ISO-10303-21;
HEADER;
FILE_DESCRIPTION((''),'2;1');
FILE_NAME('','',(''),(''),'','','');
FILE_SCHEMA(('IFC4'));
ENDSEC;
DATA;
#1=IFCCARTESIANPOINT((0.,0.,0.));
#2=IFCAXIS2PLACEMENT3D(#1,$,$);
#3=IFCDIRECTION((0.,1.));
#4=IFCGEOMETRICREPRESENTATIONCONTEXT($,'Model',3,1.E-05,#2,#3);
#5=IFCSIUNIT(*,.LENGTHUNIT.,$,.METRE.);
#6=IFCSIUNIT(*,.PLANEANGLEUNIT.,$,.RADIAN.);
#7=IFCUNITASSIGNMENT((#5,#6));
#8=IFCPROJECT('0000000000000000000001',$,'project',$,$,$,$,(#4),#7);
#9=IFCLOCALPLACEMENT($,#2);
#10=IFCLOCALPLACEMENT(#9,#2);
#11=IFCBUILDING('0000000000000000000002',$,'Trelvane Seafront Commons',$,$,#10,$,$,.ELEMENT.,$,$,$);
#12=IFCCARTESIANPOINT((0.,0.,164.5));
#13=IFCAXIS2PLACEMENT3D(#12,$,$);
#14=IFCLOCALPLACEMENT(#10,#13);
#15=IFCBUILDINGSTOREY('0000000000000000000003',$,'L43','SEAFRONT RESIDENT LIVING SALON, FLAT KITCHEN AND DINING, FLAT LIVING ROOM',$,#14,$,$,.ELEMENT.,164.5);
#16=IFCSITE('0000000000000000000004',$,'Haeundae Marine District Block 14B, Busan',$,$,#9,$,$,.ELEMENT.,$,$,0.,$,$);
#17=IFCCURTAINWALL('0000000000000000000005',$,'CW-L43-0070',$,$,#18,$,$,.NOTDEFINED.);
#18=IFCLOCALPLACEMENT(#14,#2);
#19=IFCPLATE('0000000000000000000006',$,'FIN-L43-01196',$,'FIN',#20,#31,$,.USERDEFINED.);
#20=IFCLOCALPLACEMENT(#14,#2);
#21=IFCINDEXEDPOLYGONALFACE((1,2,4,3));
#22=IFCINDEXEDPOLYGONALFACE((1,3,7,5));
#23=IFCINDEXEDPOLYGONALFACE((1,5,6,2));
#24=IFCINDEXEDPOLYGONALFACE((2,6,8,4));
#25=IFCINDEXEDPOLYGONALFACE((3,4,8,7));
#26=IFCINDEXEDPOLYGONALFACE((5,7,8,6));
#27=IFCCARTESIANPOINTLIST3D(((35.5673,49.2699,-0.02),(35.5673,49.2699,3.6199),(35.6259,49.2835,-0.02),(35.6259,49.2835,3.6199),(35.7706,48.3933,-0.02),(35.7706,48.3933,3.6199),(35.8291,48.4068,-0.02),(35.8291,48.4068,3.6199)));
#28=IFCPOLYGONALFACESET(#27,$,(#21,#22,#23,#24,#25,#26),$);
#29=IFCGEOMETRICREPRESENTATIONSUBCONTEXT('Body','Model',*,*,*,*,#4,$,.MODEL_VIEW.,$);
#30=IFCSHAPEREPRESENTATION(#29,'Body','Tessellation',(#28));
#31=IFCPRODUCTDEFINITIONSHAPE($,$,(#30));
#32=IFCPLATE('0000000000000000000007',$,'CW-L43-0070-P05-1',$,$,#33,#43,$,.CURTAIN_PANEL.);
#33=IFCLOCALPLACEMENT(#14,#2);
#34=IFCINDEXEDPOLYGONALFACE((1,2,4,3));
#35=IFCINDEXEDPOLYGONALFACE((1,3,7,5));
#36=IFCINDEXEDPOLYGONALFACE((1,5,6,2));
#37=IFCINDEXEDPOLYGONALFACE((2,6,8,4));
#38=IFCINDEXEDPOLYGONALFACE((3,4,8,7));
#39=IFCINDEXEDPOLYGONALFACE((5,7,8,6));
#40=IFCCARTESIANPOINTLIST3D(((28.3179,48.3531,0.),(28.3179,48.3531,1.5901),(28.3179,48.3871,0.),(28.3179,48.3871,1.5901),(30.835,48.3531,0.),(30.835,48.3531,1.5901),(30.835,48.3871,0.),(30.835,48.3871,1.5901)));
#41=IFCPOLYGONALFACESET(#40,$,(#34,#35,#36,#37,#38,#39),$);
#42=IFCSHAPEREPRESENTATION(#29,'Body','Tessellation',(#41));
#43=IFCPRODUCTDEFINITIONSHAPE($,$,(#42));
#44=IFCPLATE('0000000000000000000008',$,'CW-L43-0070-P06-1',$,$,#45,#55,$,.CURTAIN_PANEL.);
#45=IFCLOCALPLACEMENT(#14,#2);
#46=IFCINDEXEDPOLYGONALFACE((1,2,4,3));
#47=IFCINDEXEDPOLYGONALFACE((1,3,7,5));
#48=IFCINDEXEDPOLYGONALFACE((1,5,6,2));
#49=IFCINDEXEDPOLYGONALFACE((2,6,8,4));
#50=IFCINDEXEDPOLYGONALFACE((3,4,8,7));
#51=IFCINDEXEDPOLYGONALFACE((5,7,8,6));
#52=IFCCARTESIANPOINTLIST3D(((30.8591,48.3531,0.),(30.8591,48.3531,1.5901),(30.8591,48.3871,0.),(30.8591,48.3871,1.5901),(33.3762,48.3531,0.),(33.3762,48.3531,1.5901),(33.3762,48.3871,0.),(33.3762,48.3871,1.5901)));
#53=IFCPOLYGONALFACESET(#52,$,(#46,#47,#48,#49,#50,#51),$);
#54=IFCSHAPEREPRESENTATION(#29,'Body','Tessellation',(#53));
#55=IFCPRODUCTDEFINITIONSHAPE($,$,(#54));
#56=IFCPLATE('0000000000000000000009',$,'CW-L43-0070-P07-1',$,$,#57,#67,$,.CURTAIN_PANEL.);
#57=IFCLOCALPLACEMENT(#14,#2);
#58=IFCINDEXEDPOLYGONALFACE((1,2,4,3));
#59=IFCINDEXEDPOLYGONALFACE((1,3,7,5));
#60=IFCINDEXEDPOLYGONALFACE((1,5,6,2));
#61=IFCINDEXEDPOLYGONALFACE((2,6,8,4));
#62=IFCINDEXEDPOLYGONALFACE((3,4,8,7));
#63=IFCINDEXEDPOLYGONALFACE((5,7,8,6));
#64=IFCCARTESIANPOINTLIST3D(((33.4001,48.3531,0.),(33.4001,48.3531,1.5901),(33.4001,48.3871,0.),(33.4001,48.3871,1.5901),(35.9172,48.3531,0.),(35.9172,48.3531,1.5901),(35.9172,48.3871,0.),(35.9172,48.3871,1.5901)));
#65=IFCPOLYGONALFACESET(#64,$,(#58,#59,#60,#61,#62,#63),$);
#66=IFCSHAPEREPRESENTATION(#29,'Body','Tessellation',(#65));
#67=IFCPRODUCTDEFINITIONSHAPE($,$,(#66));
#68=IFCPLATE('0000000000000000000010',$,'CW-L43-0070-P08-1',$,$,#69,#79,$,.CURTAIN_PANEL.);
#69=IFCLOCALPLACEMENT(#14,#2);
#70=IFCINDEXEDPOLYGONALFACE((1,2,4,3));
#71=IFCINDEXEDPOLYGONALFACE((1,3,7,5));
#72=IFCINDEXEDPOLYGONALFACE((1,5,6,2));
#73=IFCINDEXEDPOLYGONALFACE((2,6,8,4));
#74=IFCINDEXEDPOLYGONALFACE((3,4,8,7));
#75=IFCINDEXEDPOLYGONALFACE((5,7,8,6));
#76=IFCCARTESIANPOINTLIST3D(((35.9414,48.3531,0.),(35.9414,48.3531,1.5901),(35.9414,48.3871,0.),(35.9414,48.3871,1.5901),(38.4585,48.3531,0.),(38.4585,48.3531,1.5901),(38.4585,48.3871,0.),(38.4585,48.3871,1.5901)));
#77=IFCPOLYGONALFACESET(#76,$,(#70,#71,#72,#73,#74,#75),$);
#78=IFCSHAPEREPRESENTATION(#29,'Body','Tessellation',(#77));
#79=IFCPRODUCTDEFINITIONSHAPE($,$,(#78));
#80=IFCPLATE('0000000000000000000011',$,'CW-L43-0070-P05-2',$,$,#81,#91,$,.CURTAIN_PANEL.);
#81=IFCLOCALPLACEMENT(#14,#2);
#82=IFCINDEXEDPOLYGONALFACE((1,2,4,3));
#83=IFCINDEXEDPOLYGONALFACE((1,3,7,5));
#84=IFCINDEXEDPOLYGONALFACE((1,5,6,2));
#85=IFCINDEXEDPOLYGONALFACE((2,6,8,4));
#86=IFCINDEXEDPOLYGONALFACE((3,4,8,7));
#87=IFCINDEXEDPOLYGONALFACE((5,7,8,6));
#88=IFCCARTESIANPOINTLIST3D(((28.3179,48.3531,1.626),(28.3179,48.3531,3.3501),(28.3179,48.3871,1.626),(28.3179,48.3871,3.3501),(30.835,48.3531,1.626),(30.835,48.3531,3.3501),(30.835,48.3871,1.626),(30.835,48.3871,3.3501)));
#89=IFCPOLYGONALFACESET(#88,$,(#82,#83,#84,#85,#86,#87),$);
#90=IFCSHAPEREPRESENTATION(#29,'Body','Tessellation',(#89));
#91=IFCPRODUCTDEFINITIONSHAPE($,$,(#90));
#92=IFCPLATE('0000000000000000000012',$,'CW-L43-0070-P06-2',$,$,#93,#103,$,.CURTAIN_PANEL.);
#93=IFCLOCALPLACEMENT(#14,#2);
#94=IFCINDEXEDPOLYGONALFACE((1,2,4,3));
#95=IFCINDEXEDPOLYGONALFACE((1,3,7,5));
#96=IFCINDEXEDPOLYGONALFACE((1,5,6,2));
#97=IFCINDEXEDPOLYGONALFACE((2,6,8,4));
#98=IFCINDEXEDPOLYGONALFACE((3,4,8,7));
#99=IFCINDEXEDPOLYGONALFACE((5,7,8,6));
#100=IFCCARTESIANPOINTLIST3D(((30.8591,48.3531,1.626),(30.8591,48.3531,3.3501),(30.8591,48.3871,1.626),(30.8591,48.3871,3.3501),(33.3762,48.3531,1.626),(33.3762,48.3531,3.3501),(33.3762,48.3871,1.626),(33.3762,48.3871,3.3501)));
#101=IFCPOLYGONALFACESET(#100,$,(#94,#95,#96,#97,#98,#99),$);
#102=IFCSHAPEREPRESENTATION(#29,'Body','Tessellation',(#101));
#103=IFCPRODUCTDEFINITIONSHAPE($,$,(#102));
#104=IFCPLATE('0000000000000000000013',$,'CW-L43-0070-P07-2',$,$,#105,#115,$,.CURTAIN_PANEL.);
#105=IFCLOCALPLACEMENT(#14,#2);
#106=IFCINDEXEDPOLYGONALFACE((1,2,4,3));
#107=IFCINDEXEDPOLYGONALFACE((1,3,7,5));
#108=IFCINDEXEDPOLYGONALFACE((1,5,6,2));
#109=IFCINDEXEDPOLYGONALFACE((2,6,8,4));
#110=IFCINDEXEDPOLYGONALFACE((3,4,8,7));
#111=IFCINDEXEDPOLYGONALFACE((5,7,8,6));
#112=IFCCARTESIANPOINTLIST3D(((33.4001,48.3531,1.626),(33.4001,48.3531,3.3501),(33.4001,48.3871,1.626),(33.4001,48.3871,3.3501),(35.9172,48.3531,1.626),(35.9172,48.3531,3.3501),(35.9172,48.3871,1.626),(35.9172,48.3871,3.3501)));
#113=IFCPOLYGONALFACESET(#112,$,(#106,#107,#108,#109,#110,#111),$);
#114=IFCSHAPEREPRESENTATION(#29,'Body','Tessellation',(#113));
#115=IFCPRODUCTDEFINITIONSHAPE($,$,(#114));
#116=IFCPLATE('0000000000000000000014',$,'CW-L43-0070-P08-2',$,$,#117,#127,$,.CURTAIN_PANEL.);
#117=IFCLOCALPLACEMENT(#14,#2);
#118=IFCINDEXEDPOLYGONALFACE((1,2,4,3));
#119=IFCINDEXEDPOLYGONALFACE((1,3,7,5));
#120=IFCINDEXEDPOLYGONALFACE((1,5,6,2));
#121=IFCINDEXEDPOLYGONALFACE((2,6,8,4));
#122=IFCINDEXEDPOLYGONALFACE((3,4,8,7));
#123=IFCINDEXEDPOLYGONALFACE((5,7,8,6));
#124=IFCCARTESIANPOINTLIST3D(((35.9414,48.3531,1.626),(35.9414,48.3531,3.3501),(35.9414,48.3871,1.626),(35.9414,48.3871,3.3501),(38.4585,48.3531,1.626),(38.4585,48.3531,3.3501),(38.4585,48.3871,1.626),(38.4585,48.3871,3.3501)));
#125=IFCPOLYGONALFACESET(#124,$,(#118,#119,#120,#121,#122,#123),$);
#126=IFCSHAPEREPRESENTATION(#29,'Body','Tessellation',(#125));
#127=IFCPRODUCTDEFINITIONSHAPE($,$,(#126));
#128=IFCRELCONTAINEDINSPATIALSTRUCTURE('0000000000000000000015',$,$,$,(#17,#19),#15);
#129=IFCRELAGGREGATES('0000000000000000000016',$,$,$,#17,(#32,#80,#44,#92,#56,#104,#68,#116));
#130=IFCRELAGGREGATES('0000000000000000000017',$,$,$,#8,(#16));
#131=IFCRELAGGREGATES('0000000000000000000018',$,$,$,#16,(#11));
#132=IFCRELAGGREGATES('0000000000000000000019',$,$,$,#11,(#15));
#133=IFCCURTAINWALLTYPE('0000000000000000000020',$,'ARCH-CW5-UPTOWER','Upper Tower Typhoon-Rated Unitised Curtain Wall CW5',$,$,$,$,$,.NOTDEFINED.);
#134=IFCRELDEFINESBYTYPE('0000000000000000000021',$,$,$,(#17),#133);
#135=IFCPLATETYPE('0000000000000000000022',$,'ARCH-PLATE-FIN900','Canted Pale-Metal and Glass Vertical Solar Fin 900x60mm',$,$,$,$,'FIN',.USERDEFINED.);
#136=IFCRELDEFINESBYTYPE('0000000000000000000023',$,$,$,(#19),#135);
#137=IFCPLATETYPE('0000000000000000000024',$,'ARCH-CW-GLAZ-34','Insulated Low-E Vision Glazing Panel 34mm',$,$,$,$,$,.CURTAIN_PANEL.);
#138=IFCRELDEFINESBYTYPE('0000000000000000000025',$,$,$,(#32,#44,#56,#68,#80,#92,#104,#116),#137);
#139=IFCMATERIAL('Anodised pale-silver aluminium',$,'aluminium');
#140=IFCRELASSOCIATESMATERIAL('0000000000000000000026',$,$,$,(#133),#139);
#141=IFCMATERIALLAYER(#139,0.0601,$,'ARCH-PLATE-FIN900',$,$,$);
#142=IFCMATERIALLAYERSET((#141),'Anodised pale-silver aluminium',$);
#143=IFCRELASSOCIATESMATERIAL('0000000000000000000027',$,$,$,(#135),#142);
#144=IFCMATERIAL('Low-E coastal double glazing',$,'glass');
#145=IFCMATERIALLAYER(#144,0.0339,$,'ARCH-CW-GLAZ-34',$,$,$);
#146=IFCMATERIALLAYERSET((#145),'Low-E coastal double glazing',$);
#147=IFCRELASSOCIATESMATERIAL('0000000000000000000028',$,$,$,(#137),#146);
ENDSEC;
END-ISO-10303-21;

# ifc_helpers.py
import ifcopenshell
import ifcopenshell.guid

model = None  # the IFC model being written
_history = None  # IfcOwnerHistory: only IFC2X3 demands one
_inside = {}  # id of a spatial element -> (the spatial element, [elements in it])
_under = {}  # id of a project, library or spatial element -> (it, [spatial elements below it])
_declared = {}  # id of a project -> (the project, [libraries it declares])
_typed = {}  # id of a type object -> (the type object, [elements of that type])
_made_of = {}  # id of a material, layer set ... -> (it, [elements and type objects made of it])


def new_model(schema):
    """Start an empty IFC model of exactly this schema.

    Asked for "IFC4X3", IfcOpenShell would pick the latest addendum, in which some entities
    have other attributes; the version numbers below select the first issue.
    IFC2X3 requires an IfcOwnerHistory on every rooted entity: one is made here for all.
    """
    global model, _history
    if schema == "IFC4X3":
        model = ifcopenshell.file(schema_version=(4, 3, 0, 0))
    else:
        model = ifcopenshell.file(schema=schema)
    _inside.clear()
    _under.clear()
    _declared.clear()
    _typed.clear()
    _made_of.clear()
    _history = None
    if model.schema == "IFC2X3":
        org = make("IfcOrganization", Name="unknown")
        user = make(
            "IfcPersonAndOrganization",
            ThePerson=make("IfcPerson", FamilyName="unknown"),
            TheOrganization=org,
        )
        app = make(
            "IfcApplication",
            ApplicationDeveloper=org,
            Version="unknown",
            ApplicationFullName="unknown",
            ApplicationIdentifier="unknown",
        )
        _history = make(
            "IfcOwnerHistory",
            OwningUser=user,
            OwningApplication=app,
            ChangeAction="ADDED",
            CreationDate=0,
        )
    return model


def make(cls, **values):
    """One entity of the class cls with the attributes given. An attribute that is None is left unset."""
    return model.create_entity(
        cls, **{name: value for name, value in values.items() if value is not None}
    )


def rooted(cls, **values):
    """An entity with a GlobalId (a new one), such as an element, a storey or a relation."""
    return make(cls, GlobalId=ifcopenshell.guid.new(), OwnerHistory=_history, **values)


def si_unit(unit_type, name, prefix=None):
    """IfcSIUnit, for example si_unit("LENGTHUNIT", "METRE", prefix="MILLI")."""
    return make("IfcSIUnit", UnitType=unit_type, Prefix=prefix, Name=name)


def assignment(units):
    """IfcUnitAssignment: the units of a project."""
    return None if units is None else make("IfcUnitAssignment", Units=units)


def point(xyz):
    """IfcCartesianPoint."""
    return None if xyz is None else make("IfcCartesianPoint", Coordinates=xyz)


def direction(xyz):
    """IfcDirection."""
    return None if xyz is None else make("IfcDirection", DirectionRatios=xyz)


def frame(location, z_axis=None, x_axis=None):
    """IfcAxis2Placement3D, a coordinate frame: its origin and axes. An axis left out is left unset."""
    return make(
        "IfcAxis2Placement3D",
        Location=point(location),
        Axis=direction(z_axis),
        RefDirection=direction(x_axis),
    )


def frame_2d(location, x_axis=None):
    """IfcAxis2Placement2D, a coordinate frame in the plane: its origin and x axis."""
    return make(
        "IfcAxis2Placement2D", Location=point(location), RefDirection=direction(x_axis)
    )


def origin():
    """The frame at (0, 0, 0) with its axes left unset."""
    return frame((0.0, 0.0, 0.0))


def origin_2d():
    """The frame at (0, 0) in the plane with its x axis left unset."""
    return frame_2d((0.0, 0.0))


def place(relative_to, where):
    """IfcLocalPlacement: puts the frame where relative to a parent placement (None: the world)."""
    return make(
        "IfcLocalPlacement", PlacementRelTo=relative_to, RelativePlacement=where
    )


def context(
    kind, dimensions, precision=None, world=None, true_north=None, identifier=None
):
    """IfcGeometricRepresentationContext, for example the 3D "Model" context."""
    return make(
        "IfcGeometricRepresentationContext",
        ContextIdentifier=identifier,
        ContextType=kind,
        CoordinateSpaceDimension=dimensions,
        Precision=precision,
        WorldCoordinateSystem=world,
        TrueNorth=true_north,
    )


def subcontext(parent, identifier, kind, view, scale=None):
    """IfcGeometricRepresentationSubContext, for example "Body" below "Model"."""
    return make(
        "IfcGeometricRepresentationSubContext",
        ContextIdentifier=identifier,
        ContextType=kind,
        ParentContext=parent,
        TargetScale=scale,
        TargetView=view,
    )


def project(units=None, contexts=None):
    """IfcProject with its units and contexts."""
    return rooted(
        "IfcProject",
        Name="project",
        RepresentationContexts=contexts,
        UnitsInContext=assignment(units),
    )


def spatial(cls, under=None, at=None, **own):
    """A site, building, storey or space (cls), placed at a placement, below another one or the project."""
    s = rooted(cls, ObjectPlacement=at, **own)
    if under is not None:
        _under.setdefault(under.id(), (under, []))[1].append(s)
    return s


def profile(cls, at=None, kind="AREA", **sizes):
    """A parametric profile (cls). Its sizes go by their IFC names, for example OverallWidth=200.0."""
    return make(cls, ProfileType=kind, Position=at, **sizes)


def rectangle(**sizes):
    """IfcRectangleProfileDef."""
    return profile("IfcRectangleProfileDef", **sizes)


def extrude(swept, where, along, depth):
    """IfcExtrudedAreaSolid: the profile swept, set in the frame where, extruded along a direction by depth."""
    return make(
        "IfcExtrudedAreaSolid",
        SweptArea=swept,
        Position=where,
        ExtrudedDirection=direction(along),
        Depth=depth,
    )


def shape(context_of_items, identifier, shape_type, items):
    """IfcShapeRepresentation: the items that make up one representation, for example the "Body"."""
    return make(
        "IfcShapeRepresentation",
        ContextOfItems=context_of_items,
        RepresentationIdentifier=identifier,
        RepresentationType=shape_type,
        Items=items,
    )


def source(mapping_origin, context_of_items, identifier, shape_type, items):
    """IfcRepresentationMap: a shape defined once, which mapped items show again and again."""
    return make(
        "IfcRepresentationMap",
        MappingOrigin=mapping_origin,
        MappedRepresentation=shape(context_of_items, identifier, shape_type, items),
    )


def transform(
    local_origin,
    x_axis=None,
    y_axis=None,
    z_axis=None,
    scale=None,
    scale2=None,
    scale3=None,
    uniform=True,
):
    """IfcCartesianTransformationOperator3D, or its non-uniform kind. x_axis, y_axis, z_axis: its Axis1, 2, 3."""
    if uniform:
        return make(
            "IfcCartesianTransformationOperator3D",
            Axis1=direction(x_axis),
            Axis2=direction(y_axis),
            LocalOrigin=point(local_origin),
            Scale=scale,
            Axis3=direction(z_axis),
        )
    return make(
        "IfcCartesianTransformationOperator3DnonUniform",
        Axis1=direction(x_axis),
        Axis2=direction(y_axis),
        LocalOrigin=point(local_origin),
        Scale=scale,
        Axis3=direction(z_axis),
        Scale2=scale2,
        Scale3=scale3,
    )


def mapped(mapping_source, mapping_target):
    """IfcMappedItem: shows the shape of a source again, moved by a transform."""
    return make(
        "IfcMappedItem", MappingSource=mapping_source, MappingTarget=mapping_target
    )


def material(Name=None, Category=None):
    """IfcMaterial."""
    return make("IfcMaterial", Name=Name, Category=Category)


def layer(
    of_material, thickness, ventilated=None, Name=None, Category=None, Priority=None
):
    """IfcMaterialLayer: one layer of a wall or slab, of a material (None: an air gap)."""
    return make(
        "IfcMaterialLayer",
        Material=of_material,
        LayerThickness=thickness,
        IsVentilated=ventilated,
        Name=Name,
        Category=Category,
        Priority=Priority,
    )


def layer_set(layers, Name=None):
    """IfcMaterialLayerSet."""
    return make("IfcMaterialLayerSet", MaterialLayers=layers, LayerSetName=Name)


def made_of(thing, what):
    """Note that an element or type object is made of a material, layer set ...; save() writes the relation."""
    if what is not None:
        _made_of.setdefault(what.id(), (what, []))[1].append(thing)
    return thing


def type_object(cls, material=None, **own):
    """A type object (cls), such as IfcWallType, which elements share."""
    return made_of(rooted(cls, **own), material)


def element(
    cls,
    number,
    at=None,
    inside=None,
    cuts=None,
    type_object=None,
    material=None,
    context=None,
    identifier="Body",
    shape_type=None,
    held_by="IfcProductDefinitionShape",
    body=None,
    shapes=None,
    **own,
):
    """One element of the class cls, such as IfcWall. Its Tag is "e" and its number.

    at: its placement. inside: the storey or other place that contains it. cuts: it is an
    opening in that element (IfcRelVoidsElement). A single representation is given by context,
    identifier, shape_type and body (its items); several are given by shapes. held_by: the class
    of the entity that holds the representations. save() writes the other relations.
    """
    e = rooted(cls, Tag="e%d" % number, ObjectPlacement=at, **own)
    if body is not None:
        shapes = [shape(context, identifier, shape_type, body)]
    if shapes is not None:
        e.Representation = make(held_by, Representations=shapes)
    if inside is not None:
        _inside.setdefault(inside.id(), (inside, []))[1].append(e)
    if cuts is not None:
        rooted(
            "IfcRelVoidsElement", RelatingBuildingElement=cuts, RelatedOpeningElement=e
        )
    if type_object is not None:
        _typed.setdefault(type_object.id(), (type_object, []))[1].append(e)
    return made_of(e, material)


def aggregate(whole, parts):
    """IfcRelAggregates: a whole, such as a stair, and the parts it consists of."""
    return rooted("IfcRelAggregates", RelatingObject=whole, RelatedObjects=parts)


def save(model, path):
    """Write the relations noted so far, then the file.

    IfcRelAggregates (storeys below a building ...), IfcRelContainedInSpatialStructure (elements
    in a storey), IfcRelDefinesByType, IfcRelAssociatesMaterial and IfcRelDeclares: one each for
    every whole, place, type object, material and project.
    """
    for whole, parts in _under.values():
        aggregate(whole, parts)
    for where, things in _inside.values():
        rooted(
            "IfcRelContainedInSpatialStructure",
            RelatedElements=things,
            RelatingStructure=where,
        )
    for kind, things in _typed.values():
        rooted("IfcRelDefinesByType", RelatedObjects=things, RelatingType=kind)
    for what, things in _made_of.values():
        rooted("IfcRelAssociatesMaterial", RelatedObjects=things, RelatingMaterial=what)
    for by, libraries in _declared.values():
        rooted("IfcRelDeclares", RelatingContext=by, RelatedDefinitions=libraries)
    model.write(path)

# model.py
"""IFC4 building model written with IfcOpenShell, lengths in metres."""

from ifc_helpers import new_model, si_unit, direction, frame, origin, origin_2d, place, context, subcontext, project, spatial, rectangle, extrude, source, transform, mapped, material, layer, layer_set, type_object, element, aggregate, save


model = new_model("IFC4")

# Units and contexts
model_context = context("Model", 3, precision=1e-05, world=origin(), true_north=direction((0.0, 1.0)))
body_context = subcontext(model_context, "Body", "Model", "MODEL_VIEW")
ifc_project = project(units=[si_unit("LENGTHUNIT", "METRE"), si_unit("PLANEANGLEUNIT", "RADIAN")], contexts=[model_context])

# Site, building, storey
site_placement = place(None, origin())
site = spatial("IfcSite", under=ifc_project, at=site_placement, Name="Haeundae Marine District Block 14B, Busan", CompositionType="ELEMENT", RefElevation=0.0)
building_placement = place(site_placement, origin())
building = spatial("IfcBuilding", under=site, at=building_placement, Name="Trelvane Seafront Commons", CompositionType="ELEMENT")
storey_placement = place(building_placement, frame((0.0, 0.0, 164.5)))
storey = spatial("IfcBuildingStorey", under=building, at=storey_placement, Name="L43", Description="SEAFRONT RESIDENT LIVING SALON, FLAT KITCHEN AND DINING, FLAT LIVING ROOM", CompositionType="ELEMENT", Elevation=164.5)

# Curtain wall
ifc_material_1 = material(Name="Anodised pale-silver aluminium", Category="aluminium")
curtain_wall_type = type_object("IfcCurtainWallType", Name="ARCH-CW5-UPTOWER", Description="Upper Tower Typhoon-Rated Unitised Curtain Wall CW5", PredefinedType="NOTDEFINED", material=ifc_material_1)
curtain_wall_placement = place(storey_placement, origin())
curtain_wall = element("IfcCurtainWall", 1, at=curtain_wall_placement, inside=storey, type_object=curtain_wall_type, Name="CW-L43-0070", PredefinedType="NOTDEFINED")

# Plate
ifc_layer_1 = layer(ifc_material_1, 0.0601, Name="ARCH-PLATE-FIN900")
ifc_layer_set_1 = layer_set([ifc_layer_1], Name="Anodised pale-silver aluminium")
plate_type_1 = type_object("IfcPlateType", Name="ARCH-PLATE-FIN900", Description="Canted Pale-Metal and Glass Vertical Solar Fin 900x60mm", ElementType="FIN", PredefinedType="USERDEFINED", material=ifc_layer_set_1)
shared_shape_1 = source(origin(), body_context, "Body", "SweptSolid", [
    extrude(rectangle(XDim=0.8999, YDim=0.0601, at=origin_2d()), origin(), (0.0, 0.0, 1.0), 3.6399),
])
for number, where, z_axis, x_axis, name in (
    (2, (35.6982, 48.8384, -0.02), (0.0, 0.0, 1.0), (-0.225898, 0.974151, 0.0), "FIN-L43-01196"),
):
    element("IfcPlate", number, at=place(storey_placement, frame(where, z_axis=z_axis, x_axis=x_axis)), inside=storey, type_object=plate_type_1, Name=name, ObjectType="FIN", PredefinedType="USERDEFINED", context=body_context, shape_type="MappedRepresentation", body=[
        mapped(shared_shape_1, transform((0.0, 0.0, 0.0), x_axis=(1.0, 0.0, 0.0), y_axis=(0.0, 1.0, 0.0), z_axis=(0.0, 0.0, 1.0), scale=1.0)),
    ])

# Plates
ifc_material_2 = material(Name="Low-E coastal double glazing", Category="glass")
ifc_layer_2 = layer(ifc_material_2, 0.0339, Name="ARCH-CW-GLAZ-34")
ifc_layer_set_2 = layer_set([ifc_layer_2], Name="Low-E coastal double glazing")
plate_type_2 = type_object("IfcPlateType", Name="ARCH-CW-GLAZ-34", Description="Insulated Low-E Vision Glazing Panel 34mm", PredefinedType="CURTAIN_PANEL", material=ifc_layer_set_2)
shared_shape_2 = source(origin(), body_context, "Body", "SweptSolid", [
    extrude(rectangle(XDim=2.5171, YDim=0.0339, at=origin_2d()), origin(), (0.0, 0.0, 1.0), 1.5901),
])
plate_1_placement = place(storey_placement, frame((29.5764, 48.3701, 0.0), z_axis=(0.0, 0.0, 1.0), x_axis=(1.0, 0.0, 0.0)))
plate_1 = element("IfcPlate", 3, at=plate_1_placement, type_object=plate_type_2, Name="CW-L43-0070-P05-1", PredefinedType="CURTAIN_PANEL", context=body_context, shape_type="MappedRepresentation", body=[
    mapped(shared_shape_2, transform((0.0, 0.0, 0.0), x_axis=(1.0, 0.0, 0.0), y_axis=(0.0, 1.0, 0.0), z_axis=(0.0, 0.0, 1.0), scale=1.0)),
])
plate_2_placement = place(storey_placement, frame((32.1177, 48.3701, 0.0), z_axis=(0.0, 0.0, 1.0), x_axis=(1.0, 0.0, 0.0)))
plate_2 = element("IfcPlate", 4, at=plate_2_placement, type_object=plate_type_2, Name="CW-L43-0070-P06-1", PredefinedType="CURTAIN_PANEL", context=body_context, shape_type="MappedRepresentation", body=[
    mapped(shared_shape_2, transform((0.0, 0.0, 0.0), x_axis=(1.0, 0.0, 0.0), y_axis=(0.0, 1.0, 0.0), z_axis=(0.0, 0.0, 1.0), scale=1.0)),
])
plate_3_placement = place(storey_placement, frame((34.6587, 48.3701, 0.0), z_axis=(0.0, 0.0, 1.0), x_axis=(1.0, 0.0, 0.0)))
plate_3 = element("IfcPlate", 5, at=plate_3_placement, type_object=plate_type_2, Name="CW-L43-0070-P07-1", PredefinedType="CURTAIN_PANEL", context=body_context, shape_type="MappedRepresentation", body=[
    mapped(shared_shape_2, transform((0.0, 0.0, 0.0), x_axis=(1.0, 0.0, 0.0), y_axis=(0.0, 1.0, 0.0), z_axis=(0.0, 0.0, 1.0), scale=1.0)),
])
plate_4_placement = place(storey_placement, frame((37.2, 48.3701, 0.0), z_axis=(0.0, 0.0, 1.0), x_axis=(1.0, 0.0, 0.0)))
plate_4 = element("IfcPlate", 6, at=plate_4_placement, type_object=plate_type_2, Name="CW-L43-0070-P08-1", PredefinedType="CURTAIN_PANEL", context=body_context, shape_type="MappedRepresentation", body=[
    mapped(shared_shape_2, transform((0.0, 0.0, 0.0), x_axis=(1.0, 0.0, 0.0), y_axis=(0.0, 1.0, 0.0), z_axis=(0.0, 0.0, 1.0), scale=1.0)),
])
shared_shape_3 = source(origin(), body_context, "Body", "SweptSolid", [
    extrude(rectangle(XDim=2.5171, YDim=0.0339, at=origin_2d()), origin(), (0.0, 0.0, 1.0), 1.7241),
])
plate_5_placement = place(storey_placement, frame((29.5764, 48.3701, 1.626), z_axis=(0.0, 0.0, 1.0), x_axis=(1.0, 0.0, 0.0)))
plate_5 = element("IfcPlate", 7, at=plate_5_placement, type_object=plate_type_2, Name="CW-L43-0070-P05-2", PredefinedType="CURTAIN_PANEL", context=body_context, shape_type="MappedRepresentation", body=[
    mapped(shared_shape_3, transform((0.0, 0.0, 0.0), x_axis=(1.0, 0.0, 0.0), y_axis=(0.0, 1.0, 0.0), z_axis=(0.0, 0.0, 1.0), scale=1.0)),
])
plate_6_placement = place(storey_placement, frame((32.1177, 48.3701, 1.626), z_axis=(0.0, 0.0, 1.0), x_axis=(1.0, 0.0, 0.0)))
plate_6 = element("IfcPlate", 8, at=plate_6_placement, type_object=plate_type_2, Name="CW-L43-0070-P06-2", PredefinedType="CURTAIN_PANEL", context=body_context, shape_type="MappedRepresentation", body=[
    mapped(shared_shape_3, transform((0.0, 0.0, 0.0), x_axis=(1.0, 0.0, 0.0), y_axis=(0.0, 1.0, 0.0), z_axis=(0.0, 0.0, 1.0), scale=1.0)),
])
plate_7_placement = place(storey_placement, frame((34.6587, 48.3701, 1.626), z_axis=(0.0, 0.0, 1.0), x_axis=(1.0, 0.0, 0.0)))
plate_7 = element("IfcPlate", 9, at=plate_7_placement, type_object=plate_type_2, Name="CW-L43-0070-P07-2", PredefinedType="CURTAIN_PANEL", context=body_context, shape_type="MappedRepresentation", body=[
    mapped(shared_shape_3, transform((0.0, 0.0, 0.0), x_axis=(1.0, 0.0, 0.0), y_axis=(0.0, 1.0, 0.0), z_axis=(0.0, 0.0, 1.0), scale=1.0)),
])
plate_8_placement = place(storey_placement, frame((37.2, 48.3701, 1.626), z_axis=(0.0, 0.0, 1.0), x_axis=(1.0, 0.0, 0.0)))
plate_8 = element("IfcPlate", 10, at=plate_8_placement, type_object=plate_type_2, Name="CW-L43-0070-P08-2", PredefinedType="CURTAIN_PANEL", context=body_context, shape_type="MappedRepresentation", body=[
    mapped(shared_shape_3, transform((0.0, 0.0, 0.0), x_axis=(1.0, 0.0, 0.0), y_axis=(0.0, 1.0, 0.0), z_axis=(0.0, 0.0, 1.0), scale=1.0)),
])
aggregate(curtain_wall, [plate_1, plate_5, plate_2, plate_6, plate_3, plate_7, plate_4, plate_8])

save(model, "model.ifc")
